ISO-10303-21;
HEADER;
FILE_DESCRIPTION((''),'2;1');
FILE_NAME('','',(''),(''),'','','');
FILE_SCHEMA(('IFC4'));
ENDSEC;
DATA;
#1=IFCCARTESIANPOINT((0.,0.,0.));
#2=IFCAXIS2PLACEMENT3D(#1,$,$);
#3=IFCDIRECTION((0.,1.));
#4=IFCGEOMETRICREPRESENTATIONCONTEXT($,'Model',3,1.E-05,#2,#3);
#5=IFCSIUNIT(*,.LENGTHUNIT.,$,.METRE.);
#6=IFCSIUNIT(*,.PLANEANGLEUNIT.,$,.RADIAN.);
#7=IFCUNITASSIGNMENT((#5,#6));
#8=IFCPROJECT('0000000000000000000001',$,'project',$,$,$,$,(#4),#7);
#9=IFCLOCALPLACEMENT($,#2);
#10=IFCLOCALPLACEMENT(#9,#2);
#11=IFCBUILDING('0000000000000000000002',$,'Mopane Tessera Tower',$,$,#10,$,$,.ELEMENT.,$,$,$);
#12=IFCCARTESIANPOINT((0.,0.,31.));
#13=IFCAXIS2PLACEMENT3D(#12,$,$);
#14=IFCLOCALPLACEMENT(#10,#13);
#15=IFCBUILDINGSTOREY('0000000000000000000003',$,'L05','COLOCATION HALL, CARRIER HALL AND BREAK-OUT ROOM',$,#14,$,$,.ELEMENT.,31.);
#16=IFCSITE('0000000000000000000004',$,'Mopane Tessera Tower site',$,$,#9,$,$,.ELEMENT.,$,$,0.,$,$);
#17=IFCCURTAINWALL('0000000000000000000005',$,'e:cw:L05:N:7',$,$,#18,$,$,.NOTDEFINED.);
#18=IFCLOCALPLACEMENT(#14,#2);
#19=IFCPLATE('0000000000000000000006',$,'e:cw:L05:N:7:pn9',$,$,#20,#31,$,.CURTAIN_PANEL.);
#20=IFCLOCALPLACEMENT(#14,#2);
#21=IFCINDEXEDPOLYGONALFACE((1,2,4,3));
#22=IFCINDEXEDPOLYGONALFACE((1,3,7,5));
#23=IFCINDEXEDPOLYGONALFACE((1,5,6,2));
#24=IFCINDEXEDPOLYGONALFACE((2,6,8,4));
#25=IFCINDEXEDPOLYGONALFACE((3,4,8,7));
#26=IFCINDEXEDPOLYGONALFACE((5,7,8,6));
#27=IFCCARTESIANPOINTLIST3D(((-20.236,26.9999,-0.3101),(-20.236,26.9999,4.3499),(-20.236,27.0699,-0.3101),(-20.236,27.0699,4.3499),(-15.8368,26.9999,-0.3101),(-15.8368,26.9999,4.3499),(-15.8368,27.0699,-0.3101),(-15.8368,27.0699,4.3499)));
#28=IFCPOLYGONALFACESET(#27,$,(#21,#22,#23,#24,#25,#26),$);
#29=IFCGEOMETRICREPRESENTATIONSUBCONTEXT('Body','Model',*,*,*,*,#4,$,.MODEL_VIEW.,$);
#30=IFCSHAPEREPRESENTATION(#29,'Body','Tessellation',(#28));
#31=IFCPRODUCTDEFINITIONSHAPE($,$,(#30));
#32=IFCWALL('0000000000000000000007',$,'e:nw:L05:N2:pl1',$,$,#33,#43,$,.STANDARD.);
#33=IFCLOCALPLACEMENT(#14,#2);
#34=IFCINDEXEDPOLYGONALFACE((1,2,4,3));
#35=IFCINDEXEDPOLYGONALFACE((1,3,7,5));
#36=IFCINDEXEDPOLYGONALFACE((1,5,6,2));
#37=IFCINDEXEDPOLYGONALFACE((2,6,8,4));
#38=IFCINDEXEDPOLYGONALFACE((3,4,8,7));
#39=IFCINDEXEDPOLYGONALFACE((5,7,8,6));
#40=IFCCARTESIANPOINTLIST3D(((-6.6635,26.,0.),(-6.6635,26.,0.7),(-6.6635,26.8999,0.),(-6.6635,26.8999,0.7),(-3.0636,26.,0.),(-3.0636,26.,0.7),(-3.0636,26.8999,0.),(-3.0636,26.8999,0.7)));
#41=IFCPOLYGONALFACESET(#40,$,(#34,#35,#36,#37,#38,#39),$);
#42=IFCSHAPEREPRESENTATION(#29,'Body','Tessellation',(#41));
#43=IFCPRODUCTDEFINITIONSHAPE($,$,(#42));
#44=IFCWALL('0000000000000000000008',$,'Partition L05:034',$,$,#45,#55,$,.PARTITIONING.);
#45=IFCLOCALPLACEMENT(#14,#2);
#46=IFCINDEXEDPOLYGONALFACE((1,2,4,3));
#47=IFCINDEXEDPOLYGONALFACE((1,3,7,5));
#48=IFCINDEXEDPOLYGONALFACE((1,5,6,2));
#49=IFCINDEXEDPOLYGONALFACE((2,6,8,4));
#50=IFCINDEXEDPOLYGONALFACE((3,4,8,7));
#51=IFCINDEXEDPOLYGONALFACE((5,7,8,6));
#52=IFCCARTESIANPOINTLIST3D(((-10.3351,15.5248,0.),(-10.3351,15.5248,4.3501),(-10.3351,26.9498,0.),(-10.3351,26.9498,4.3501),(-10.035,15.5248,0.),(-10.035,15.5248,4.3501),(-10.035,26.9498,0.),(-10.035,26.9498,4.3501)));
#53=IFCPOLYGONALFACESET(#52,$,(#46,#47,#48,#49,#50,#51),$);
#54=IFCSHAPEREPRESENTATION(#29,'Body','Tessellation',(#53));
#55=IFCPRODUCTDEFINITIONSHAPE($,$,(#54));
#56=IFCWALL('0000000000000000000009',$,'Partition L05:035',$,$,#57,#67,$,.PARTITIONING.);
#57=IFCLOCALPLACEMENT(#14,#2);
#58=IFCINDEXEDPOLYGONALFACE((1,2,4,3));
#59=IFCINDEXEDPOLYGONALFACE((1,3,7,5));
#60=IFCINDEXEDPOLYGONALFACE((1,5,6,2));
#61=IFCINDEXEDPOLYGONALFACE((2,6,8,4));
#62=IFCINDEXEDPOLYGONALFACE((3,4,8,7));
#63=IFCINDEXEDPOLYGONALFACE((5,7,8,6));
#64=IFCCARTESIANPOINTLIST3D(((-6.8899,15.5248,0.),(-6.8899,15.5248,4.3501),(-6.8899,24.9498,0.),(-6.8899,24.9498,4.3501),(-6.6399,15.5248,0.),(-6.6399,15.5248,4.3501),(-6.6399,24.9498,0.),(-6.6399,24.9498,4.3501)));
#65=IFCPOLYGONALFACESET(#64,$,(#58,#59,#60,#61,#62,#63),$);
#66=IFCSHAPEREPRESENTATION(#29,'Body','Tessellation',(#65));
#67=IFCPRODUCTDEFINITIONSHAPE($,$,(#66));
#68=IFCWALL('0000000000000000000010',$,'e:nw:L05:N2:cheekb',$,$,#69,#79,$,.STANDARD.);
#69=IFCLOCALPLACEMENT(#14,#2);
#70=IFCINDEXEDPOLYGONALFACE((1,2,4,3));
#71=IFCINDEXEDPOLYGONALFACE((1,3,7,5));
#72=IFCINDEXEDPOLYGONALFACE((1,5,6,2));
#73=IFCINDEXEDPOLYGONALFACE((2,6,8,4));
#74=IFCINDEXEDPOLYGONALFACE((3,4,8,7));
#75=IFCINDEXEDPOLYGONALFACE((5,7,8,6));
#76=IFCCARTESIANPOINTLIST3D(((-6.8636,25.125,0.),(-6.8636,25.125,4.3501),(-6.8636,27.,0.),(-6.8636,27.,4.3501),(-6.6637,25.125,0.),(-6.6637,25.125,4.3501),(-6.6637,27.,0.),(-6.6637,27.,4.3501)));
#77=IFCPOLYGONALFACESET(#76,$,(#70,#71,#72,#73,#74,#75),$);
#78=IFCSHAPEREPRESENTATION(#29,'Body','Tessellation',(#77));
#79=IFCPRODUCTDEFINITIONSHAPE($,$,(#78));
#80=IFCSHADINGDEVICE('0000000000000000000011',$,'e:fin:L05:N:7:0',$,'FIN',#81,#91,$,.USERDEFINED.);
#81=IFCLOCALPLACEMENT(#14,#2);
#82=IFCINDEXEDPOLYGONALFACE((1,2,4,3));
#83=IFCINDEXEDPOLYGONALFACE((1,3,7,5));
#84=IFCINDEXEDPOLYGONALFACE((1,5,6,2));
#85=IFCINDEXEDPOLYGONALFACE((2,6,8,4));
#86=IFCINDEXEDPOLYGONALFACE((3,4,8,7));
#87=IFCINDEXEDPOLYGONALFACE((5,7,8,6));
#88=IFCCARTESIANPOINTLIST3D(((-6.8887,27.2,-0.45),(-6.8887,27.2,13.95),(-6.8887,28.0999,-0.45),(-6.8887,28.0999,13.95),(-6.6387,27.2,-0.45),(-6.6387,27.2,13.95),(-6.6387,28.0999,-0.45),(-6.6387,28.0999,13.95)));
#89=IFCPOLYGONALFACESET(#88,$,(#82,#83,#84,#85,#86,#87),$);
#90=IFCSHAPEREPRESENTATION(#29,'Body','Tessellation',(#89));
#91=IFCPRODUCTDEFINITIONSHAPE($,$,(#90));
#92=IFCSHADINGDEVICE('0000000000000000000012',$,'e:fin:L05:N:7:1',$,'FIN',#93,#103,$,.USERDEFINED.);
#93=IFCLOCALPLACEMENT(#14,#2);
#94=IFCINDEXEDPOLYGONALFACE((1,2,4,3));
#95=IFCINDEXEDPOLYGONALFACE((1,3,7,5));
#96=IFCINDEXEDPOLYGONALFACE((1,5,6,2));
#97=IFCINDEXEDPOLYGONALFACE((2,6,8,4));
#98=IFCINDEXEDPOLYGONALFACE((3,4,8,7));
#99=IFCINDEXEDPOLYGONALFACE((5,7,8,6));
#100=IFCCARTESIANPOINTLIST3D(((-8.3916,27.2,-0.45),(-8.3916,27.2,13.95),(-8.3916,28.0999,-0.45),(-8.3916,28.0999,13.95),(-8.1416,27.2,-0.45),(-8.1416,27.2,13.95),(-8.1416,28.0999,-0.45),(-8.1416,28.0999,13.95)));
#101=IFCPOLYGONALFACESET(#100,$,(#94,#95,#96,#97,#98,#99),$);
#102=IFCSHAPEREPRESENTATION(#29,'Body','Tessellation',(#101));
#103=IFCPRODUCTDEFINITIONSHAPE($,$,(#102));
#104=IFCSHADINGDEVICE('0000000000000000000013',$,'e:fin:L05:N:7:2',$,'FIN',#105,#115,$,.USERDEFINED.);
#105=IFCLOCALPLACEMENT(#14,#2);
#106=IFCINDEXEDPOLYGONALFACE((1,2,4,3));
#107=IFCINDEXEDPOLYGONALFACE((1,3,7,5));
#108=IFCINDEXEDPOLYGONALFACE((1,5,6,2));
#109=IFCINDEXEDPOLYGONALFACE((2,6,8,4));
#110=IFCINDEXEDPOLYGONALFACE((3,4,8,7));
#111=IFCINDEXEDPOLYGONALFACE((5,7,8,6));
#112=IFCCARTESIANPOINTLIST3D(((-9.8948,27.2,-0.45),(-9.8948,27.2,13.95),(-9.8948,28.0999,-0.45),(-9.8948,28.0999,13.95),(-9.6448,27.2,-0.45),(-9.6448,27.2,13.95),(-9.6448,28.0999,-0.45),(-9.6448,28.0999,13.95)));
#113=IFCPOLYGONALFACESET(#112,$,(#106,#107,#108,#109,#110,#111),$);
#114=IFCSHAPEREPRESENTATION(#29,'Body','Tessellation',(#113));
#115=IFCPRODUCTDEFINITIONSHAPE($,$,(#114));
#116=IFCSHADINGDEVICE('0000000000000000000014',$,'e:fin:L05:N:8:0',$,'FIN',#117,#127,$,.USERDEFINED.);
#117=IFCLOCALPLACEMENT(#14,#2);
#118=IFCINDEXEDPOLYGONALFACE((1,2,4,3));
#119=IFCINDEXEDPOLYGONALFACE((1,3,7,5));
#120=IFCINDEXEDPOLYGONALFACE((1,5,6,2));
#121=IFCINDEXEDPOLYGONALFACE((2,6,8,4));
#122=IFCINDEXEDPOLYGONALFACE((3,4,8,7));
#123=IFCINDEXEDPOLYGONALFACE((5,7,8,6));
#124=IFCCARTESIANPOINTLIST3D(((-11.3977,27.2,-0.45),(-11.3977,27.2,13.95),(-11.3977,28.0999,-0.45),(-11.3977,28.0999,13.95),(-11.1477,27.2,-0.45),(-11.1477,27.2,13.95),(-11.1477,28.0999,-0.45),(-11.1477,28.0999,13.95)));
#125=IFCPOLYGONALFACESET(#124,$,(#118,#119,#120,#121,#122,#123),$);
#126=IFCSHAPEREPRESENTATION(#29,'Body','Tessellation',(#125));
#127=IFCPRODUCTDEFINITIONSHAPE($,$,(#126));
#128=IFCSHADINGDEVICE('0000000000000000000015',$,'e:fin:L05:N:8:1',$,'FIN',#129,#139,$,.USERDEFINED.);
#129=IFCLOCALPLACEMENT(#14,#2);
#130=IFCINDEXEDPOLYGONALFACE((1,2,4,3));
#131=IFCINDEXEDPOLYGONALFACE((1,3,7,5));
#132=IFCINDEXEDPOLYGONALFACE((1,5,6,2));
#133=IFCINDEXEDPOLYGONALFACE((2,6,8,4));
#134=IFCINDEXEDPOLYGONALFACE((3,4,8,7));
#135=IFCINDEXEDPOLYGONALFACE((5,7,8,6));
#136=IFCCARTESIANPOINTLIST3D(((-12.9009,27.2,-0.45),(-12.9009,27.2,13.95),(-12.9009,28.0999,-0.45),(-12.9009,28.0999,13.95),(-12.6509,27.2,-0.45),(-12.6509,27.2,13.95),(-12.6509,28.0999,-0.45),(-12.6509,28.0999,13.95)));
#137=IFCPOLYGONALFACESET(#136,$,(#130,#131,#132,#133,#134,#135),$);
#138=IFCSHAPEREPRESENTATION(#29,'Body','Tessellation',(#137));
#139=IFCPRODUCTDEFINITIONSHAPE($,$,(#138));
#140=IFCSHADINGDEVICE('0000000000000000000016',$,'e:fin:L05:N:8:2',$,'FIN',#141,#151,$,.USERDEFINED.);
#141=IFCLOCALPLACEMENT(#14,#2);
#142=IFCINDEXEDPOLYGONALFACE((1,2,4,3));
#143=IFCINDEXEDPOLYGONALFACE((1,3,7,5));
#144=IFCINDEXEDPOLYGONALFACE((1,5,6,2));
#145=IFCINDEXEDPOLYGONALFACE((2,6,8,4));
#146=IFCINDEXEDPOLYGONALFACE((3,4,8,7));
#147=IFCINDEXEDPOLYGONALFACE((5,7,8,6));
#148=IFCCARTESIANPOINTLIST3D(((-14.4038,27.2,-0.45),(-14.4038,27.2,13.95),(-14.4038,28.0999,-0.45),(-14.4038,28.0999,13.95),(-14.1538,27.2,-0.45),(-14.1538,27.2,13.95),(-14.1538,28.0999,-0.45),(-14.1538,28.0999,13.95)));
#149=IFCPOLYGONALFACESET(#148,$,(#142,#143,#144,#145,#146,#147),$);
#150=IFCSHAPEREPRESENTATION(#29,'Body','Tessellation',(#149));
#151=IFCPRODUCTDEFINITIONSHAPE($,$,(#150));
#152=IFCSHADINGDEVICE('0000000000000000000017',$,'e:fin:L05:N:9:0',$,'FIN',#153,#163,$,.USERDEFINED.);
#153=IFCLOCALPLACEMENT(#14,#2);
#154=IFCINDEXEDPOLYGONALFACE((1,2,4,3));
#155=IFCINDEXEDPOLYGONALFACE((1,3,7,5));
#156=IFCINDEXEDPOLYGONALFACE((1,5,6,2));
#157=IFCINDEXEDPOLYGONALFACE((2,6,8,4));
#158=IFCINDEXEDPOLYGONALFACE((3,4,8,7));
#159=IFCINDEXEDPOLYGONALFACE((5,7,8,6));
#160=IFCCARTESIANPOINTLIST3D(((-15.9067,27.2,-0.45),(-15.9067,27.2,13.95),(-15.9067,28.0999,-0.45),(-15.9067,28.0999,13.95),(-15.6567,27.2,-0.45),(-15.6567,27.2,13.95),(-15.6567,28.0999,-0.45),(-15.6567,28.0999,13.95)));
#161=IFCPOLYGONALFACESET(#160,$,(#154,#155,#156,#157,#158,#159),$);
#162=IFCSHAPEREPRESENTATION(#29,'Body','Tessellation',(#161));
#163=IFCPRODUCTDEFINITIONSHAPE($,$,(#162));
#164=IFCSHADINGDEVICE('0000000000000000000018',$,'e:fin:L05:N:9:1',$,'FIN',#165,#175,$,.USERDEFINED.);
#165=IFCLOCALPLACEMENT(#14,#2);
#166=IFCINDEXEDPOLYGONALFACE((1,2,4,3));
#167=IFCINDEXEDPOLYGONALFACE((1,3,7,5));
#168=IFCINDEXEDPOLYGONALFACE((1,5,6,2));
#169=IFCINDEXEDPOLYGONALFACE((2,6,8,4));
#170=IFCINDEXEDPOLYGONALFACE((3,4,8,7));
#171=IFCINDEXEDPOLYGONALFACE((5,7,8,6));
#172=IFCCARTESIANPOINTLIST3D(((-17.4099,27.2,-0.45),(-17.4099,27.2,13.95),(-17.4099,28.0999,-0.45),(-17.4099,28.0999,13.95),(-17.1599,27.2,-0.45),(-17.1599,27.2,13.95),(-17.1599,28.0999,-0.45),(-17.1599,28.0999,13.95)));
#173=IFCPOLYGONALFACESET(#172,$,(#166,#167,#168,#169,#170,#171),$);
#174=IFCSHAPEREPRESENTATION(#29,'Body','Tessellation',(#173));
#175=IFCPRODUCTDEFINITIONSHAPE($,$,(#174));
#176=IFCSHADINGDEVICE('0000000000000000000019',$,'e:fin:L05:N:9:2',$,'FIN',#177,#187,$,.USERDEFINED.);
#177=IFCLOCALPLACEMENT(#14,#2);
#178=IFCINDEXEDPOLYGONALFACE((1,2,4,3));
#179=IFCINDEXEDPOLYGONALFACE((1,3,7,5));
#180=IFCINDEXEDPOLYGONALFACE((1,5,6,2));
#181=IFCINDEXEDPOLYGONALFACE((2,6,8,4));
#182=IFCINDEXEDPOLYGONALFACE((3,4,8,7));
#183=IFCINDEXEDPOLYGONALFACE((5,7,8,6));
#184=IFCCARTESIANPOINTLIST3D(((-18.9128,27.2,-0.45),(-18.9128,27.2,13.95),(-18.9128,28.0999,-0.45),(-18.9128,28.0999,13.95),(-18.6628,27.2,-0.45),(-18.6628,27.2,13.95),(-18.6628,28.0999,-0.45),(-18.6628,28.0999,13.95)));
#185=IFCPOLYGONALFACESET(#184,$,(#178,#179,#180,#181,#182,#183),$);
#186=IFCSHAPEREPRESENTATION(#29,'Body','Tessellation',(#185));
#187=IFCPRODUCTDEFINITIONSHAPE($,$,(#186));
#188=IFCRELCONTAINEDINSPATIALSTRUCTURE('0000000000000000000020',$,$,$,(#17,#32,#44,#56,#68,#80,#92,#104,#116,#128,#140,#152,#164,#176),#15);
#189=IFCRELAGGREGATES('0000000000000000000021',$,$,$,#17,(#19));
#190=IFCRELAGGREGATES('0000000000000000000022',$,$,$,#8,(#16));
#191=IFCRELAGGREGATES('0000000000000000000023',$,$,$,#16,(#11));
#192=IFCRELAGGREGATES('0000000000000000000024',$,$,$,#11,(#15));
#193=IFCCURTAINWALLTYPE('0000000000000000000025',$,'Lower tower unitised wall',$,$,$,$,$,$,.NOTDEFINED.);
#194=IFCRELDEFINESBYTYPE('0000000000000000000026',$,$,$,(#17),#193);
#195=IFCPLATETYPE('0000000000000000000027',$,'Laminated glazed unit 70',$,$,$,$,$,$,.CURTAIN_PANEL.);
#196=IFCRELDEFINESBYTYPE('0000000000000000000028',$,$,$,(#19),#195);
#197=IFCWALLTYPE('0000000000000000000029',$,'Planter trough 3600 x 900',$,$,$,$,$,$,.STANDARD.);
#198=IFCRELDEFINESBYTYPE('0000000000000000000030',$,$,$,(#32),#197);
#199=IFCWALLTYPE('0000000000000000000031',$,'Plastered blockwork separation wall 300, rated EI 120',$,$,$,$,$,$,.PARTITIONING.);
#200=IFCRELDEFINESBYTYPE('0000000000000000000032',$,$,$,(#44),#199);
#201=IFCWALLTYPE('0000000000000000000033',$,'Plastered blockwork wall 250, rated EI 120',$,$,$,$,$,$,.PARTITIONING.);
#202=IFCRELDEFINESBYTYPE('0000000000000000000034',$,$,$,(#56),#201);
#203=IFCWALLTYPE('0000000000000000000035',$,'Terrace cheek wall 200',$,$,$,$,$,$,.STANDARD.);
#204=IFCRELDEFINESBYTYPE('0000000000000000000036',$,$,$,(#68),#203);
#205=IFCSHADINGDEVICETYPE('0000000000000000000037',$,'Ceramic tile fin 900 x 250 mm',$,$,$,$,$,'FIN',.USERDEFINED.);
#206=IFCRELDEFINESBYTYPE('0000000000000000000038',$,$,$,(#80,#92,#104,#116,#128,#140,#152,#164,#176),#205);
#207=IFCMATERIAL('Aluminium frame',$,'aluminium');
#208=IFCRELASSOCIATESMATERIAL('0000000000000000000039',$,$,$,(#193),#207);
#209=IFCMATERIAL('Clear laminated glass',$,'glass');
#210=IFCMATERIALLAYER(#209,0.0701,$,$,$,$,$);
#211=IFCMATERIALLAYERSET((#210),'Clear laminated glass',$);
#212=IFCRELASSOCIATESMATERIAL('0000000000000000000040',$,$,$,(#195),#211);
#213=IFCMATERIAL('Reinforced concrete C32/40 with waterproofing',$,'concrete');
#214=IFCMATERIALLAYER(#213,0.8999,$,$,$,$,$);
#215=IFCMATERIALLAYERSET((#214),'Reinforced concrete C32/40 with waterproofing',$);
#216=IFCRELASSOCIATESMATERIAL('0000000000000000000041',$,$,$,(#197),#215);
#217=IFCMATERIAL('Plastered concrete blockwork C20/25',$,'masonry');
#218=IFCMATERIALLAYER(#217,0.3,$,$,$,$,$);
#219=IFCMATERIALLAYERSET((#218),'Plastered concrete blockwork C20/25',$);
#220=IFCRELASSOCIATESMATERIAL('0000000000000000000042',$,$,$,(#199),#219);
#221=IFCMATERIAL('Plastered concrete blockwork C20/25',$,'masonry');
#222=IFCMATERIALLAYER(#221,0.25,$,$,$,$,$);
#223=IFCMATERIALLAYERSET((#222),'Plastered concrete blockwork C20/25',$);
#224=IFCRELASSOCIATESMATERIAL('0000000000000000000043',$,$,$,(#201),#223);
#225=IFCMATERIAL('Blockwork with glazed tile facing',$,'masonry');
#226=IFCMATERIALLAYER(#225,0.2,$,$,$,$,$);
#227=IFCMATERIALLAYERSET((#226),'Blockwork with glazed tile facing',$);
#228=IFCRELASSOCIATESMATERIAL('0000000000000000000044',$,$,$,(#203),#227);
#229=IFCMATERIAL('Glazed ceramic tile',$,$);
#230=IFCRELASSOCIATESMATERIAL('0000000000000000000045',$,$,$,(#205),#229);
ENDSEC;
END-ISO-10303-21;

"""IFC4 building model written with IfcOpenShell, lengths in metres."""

from ifc_helpers import new_model, si_unit, direction, frame, frame_2d, origin, origin_2d, place, context, subcontext, project, spatial, rectangle, extrude, material, layer, layer_set, type_object, element, aggregate, save


model = new_model("IFC4")

# Units and contexts
model_context = context("Model", 3, precision=1e-05, world=origin(), true_north=direction((0.0, 1.0)))
body_context = subcontext(model_context, "Body", "Model", "MODEL_VIEW")
ifc_project = project(units=[si_unit("LENGTHUNIT", "METRE"), si_unit("PLANEANGLEUNIT", "RADIAN")], contexts=[model_context])

# Site, building, storey
site_placement = place(None, origin())
site = spatial("IfcSite", under=ifc_project, at=site_placement, Name="Mopane Tessera Tower site", CompositionType="ELEMENT", RefElevation=0.0)
building_placement = place(site_placement, origin())
building = spatial("IfcBuilding", under=site, at=building_placement, Name="Mopane Tessera Tower", CompositionType="ELEMENT")
storey_placement = place(building_placement, frame((0.0, 0.0, 31.0)))
storey = spatial("IfcBuildingStorey", under=building, at=storey_placement, Name="L05", Description="COLOCATION HALL, CARRIER HALL AND BREAK-OUT ROOM", CompositionType="ELEMENT", Elevation=31.0)

# Curtain wall
ifc_material_1 = material(Name="Aluminium frame", Category="aluminium")
curtain_wall_type = type_object("IfcCurtainWallType", Name="Lower tower unitised wall", PredefinedType="NOTDEFINED", material=ifc_material_1)
curtain_wall_placement = place(storey_placement, origin())
curtain_wall = element("IfcCurtainWall", 1, at=curtain_wall_placement, inside=storey, type_object=curtain_wall_type, Name="e:cw:L05:N:7", PredefinedType="NOTDEFINED")

# Plate
ifc_material_2 = material(Name="Clear laminated glass", Category="glass")
ifc_layer_1 = layer(ifc_material_2, 0.0701)
ifc_layer_set_1 = layer_set([ifc_layer_1], Name="Clear laminated glass")
plate_type = type_object("IfcPlateType", Name="Laminated glazed unit 70", PredefinedType="CURTAIN_PANEL", material=ifc_layer_set_1)
plate_1_placement = place(storey_placement, frame((-18.0364, 27.0349, -0.3101), z_axis=(0.0, 0.0, 1.0), x_axis=(-1.0, 0.0, 0.0)))
plate_1 = element("IfcPlate", 2, at=plate_1_placement, type_object=plate_type, Name="e:cw:L05:N:7:pn9", PredefinedType="CURTAIN_PANEL", context=body_context, shape_type="SweptSolid", body=[
    extrude(rectangle(XDim=4.3992, YDim=0.0701, at=origin_2d()), origin(), (0.0, 0.0, 1.0), 4.6599),
])
aggregate(curtain_wall, [plate_1])

# Walls
ifc_material_3 = material(Name="Reinforced concrete C32/40 with waterproofing", Category="concrete")
ifc_layer_2 = layer(ifc_material_3, 0.8999)
ifc_layer_set_2 = layer_set([ifc_layer_2], Name="Reinforced concrete C32/40 with waterproofing")
wall_type_1 = type_object("IfcWallType", Name="Planter trough 3600 x 900", PredefinedType="STANDARD", material=ifc_layer_set_2)
wall_1_placement = place(storey_placement, frame((-3.0637, 26.45, 0.0), z_axis=(0.0, 0.0, 1.0), x_axis=(-1.0, 0.0, 0.0)))
element("IfcWall", 3, at=wall_1_placement, inside=storey, type_object=wall_type_1, Name="e:nw:L05:N2:pl1", PredefinedType="STANDARD", context=body_context, shape_type="SweptSolid", body=[
    extrude(rectangle(XDim=3.5999, YDim=0.8999, at=frame_2d((1.7998, 0.0))), origin(), (0.0, 0.0, 1.0), 0.7),
])
ifc_material_4 = material(Name="Plastered concrete blockwork C20/25", Category="masonry")
ifc_layer_3 = layer(ifc_material_4, 0.3)
ifc_layer_set_3 = layer_set([ifc_layer_3], Name="Plastered concrete blockwork C20/25")
wall_type_2 = type_object("IfcWallType", Name="Plastered blockwork separation wall 300, rated EI 120", PredefinedType="PARTITIONING", material=ifc_layer_set_3)
wall_2_placement = place(storey_placement, frame((-10.1851, 15.5249, 0.0), z_axis=(0.0, 0.0, 1.0), x_axis=(0.0, 1.0, 0.0)))
element("IfcWall", 4, at=wall_2_placement, inside=storey, type_object=wall_type_2, Name="Partition L05:034", PredefinedType="PARTITIONING", context=body_context, shape_type="SweptSolid", body=[
    extrude(rectangle(XDim=11.425, YDim=0.3, at=frame_2d((5.7124, 0.0))), origin(), (0.0, 0.0, 1.0), 4.3501),
])
ifc_material_5 = material(Name="Plastered concrete blockwork C20/25", Category="masonry")
ifc_layer_4 = layer(ifc_material_5, 0.25)
ifc_layer_set_4 = layer_set([ifc_layer_4], Name="Plastered concrete blockwork C20/25")
wall_type_3 = type_object("IfcWallType", Name="Plastered blockwork wall 250, rated EI 120", PredefinedType="PARTITIONING", material=ifc_layer_set_4)
wall_3_placement = place(storey_placement, frame((-6.7649, 15.5249, 0.0), z_axis=(0.0, 0.0, 1.0), x_axis=(0.0, 1.0, 0.0)))
element("IfcWall", 5, at=wall_3_placement, inside=storey, type_object=wall_type_3, Name="Partition L05:035", PredefinedType="PARTITIONING", context=body_context, shape_type="SweptSolid", body=[
    extrude(rectangle(XDim=9.425, YDim=0.25, at=frame_2d((4.7124, 0.0))), origin(), (0.0, 0.0, 1.0), 4.3501),
])
ifc_material_6 = material(Name="Blockwork with glazed tile facing", Category="masonry")
ifc_layer_5 = layer(ifc_material_6, 0.2)
ifc_layer_set_5 = layer_set([ifc_layer_5], Name="Blockwork with glazed tile facing")
wall_type_4 = type_object("IfcWallType", Name="Terrace cheek wall 200", PredefinedType="STANDARD", material=ifc_layer_set_5)
wall_4_placement = place(storey_placement, frame((-6.7637, 27.0, 0.0), z_axis=(0.0, 0.0, 1.0), x_axis=(0.0, -1.0, 0.0)))
element("IfcWall", 6, at=wall_4_placement, inside=storey, type_object=wall_type_4, Name="e:nw:L05:N2:cheekb", PredefinedType="STANDARD", context=body_context, shape_type="SweptSolid", body=[
    extrude(rectangle(XDim=1.875, YDim=0.2, at=frame_2d((0.9375, 0.0))), origin(), (0.0, 0.0, 1.0), 4.3501),
])

# Shading devices
ifc_material_7 = material(Name="Glazed ceramic tile")
shading_device_type = type_object("IfcShadingDeviceType", Name="Ceramic tile fin 900 x 250 mm", ElementType="FIN", PredefinedType="USERDEFINED", material=ifc_material_7)
for number, where, z_axis, x_axis, name in (
    (7, (-6.7637, 27.6499, -0.45), (0.0, 0.0, 1.0), (-1.0, 0.0, 0.0), "e:fin:L05:N:7:0"),
    (8, (-8.2666, 27.6499, -0.45), (0.0, 0.0, 1.0), (-1.0, 0.0, 0.0), "e:fin:L05:N:7:1"),
    (9, (-9.7698, 27.6499, -0.45), (0.0, 0.0, 1.0), (-1.0, 0.0, 0.0), "e:fin:L05:N:7:2"),
    (10, (-11.2727, 27.6499, -0.45), (0.0, 0.0, 1.0), (-1.0, 0.0, 0.0), "e:fin:L05:N:8:0"),
    (11, (-12.7759, 27.6499, -0.45), (0.0, 0.0, 1.0), (-1.0, 0.0, 0.0), "e:fin:L05:N:8:1"),
    (12, (-14.2788, 27.6499, -0.45), (0.0, 0.0, 1.0), (-1.0, 0.0, 0.0), "e:fin:L05:N:8:2"),
    (13, (-15.7817, 27.6499, -0.45), (0.0, 0.0, 1.0), (-1.0, 0.0, 0.0), "e:fin:L05:N:9:0"),
    (14, (-17.2849, 27.6499, -0.45), (0.0, 0.0, 1.0), (-1.0, 0.0, 0.0), "e:fin:L05:N:9:1"),
    (15, (-18.7878, 27.6499, -0.45), (0.0, 0.0, 1.0), (-1.0, 0.0, 0.0), "e:fin:L05:N:9:2"),
):
    element("IfcShadingDevice", number, at=place(storey_placement, frame(where, z_axis=z_axis, x_axis=x_axis)), inside=storey, type_object=shading_device_type, Name=name, ObjectType="FIN", PredefinedType="USERDEFINED", context=body_context, shape_type="SweptSolid", body=[
        extrude(rectangle(XDim=0.25, YDim=0.8999, at=origin_2d()), origin(), (0.0, 0.0, 1.0), 14.3999),
    ])

save(model, "model.ifc")
